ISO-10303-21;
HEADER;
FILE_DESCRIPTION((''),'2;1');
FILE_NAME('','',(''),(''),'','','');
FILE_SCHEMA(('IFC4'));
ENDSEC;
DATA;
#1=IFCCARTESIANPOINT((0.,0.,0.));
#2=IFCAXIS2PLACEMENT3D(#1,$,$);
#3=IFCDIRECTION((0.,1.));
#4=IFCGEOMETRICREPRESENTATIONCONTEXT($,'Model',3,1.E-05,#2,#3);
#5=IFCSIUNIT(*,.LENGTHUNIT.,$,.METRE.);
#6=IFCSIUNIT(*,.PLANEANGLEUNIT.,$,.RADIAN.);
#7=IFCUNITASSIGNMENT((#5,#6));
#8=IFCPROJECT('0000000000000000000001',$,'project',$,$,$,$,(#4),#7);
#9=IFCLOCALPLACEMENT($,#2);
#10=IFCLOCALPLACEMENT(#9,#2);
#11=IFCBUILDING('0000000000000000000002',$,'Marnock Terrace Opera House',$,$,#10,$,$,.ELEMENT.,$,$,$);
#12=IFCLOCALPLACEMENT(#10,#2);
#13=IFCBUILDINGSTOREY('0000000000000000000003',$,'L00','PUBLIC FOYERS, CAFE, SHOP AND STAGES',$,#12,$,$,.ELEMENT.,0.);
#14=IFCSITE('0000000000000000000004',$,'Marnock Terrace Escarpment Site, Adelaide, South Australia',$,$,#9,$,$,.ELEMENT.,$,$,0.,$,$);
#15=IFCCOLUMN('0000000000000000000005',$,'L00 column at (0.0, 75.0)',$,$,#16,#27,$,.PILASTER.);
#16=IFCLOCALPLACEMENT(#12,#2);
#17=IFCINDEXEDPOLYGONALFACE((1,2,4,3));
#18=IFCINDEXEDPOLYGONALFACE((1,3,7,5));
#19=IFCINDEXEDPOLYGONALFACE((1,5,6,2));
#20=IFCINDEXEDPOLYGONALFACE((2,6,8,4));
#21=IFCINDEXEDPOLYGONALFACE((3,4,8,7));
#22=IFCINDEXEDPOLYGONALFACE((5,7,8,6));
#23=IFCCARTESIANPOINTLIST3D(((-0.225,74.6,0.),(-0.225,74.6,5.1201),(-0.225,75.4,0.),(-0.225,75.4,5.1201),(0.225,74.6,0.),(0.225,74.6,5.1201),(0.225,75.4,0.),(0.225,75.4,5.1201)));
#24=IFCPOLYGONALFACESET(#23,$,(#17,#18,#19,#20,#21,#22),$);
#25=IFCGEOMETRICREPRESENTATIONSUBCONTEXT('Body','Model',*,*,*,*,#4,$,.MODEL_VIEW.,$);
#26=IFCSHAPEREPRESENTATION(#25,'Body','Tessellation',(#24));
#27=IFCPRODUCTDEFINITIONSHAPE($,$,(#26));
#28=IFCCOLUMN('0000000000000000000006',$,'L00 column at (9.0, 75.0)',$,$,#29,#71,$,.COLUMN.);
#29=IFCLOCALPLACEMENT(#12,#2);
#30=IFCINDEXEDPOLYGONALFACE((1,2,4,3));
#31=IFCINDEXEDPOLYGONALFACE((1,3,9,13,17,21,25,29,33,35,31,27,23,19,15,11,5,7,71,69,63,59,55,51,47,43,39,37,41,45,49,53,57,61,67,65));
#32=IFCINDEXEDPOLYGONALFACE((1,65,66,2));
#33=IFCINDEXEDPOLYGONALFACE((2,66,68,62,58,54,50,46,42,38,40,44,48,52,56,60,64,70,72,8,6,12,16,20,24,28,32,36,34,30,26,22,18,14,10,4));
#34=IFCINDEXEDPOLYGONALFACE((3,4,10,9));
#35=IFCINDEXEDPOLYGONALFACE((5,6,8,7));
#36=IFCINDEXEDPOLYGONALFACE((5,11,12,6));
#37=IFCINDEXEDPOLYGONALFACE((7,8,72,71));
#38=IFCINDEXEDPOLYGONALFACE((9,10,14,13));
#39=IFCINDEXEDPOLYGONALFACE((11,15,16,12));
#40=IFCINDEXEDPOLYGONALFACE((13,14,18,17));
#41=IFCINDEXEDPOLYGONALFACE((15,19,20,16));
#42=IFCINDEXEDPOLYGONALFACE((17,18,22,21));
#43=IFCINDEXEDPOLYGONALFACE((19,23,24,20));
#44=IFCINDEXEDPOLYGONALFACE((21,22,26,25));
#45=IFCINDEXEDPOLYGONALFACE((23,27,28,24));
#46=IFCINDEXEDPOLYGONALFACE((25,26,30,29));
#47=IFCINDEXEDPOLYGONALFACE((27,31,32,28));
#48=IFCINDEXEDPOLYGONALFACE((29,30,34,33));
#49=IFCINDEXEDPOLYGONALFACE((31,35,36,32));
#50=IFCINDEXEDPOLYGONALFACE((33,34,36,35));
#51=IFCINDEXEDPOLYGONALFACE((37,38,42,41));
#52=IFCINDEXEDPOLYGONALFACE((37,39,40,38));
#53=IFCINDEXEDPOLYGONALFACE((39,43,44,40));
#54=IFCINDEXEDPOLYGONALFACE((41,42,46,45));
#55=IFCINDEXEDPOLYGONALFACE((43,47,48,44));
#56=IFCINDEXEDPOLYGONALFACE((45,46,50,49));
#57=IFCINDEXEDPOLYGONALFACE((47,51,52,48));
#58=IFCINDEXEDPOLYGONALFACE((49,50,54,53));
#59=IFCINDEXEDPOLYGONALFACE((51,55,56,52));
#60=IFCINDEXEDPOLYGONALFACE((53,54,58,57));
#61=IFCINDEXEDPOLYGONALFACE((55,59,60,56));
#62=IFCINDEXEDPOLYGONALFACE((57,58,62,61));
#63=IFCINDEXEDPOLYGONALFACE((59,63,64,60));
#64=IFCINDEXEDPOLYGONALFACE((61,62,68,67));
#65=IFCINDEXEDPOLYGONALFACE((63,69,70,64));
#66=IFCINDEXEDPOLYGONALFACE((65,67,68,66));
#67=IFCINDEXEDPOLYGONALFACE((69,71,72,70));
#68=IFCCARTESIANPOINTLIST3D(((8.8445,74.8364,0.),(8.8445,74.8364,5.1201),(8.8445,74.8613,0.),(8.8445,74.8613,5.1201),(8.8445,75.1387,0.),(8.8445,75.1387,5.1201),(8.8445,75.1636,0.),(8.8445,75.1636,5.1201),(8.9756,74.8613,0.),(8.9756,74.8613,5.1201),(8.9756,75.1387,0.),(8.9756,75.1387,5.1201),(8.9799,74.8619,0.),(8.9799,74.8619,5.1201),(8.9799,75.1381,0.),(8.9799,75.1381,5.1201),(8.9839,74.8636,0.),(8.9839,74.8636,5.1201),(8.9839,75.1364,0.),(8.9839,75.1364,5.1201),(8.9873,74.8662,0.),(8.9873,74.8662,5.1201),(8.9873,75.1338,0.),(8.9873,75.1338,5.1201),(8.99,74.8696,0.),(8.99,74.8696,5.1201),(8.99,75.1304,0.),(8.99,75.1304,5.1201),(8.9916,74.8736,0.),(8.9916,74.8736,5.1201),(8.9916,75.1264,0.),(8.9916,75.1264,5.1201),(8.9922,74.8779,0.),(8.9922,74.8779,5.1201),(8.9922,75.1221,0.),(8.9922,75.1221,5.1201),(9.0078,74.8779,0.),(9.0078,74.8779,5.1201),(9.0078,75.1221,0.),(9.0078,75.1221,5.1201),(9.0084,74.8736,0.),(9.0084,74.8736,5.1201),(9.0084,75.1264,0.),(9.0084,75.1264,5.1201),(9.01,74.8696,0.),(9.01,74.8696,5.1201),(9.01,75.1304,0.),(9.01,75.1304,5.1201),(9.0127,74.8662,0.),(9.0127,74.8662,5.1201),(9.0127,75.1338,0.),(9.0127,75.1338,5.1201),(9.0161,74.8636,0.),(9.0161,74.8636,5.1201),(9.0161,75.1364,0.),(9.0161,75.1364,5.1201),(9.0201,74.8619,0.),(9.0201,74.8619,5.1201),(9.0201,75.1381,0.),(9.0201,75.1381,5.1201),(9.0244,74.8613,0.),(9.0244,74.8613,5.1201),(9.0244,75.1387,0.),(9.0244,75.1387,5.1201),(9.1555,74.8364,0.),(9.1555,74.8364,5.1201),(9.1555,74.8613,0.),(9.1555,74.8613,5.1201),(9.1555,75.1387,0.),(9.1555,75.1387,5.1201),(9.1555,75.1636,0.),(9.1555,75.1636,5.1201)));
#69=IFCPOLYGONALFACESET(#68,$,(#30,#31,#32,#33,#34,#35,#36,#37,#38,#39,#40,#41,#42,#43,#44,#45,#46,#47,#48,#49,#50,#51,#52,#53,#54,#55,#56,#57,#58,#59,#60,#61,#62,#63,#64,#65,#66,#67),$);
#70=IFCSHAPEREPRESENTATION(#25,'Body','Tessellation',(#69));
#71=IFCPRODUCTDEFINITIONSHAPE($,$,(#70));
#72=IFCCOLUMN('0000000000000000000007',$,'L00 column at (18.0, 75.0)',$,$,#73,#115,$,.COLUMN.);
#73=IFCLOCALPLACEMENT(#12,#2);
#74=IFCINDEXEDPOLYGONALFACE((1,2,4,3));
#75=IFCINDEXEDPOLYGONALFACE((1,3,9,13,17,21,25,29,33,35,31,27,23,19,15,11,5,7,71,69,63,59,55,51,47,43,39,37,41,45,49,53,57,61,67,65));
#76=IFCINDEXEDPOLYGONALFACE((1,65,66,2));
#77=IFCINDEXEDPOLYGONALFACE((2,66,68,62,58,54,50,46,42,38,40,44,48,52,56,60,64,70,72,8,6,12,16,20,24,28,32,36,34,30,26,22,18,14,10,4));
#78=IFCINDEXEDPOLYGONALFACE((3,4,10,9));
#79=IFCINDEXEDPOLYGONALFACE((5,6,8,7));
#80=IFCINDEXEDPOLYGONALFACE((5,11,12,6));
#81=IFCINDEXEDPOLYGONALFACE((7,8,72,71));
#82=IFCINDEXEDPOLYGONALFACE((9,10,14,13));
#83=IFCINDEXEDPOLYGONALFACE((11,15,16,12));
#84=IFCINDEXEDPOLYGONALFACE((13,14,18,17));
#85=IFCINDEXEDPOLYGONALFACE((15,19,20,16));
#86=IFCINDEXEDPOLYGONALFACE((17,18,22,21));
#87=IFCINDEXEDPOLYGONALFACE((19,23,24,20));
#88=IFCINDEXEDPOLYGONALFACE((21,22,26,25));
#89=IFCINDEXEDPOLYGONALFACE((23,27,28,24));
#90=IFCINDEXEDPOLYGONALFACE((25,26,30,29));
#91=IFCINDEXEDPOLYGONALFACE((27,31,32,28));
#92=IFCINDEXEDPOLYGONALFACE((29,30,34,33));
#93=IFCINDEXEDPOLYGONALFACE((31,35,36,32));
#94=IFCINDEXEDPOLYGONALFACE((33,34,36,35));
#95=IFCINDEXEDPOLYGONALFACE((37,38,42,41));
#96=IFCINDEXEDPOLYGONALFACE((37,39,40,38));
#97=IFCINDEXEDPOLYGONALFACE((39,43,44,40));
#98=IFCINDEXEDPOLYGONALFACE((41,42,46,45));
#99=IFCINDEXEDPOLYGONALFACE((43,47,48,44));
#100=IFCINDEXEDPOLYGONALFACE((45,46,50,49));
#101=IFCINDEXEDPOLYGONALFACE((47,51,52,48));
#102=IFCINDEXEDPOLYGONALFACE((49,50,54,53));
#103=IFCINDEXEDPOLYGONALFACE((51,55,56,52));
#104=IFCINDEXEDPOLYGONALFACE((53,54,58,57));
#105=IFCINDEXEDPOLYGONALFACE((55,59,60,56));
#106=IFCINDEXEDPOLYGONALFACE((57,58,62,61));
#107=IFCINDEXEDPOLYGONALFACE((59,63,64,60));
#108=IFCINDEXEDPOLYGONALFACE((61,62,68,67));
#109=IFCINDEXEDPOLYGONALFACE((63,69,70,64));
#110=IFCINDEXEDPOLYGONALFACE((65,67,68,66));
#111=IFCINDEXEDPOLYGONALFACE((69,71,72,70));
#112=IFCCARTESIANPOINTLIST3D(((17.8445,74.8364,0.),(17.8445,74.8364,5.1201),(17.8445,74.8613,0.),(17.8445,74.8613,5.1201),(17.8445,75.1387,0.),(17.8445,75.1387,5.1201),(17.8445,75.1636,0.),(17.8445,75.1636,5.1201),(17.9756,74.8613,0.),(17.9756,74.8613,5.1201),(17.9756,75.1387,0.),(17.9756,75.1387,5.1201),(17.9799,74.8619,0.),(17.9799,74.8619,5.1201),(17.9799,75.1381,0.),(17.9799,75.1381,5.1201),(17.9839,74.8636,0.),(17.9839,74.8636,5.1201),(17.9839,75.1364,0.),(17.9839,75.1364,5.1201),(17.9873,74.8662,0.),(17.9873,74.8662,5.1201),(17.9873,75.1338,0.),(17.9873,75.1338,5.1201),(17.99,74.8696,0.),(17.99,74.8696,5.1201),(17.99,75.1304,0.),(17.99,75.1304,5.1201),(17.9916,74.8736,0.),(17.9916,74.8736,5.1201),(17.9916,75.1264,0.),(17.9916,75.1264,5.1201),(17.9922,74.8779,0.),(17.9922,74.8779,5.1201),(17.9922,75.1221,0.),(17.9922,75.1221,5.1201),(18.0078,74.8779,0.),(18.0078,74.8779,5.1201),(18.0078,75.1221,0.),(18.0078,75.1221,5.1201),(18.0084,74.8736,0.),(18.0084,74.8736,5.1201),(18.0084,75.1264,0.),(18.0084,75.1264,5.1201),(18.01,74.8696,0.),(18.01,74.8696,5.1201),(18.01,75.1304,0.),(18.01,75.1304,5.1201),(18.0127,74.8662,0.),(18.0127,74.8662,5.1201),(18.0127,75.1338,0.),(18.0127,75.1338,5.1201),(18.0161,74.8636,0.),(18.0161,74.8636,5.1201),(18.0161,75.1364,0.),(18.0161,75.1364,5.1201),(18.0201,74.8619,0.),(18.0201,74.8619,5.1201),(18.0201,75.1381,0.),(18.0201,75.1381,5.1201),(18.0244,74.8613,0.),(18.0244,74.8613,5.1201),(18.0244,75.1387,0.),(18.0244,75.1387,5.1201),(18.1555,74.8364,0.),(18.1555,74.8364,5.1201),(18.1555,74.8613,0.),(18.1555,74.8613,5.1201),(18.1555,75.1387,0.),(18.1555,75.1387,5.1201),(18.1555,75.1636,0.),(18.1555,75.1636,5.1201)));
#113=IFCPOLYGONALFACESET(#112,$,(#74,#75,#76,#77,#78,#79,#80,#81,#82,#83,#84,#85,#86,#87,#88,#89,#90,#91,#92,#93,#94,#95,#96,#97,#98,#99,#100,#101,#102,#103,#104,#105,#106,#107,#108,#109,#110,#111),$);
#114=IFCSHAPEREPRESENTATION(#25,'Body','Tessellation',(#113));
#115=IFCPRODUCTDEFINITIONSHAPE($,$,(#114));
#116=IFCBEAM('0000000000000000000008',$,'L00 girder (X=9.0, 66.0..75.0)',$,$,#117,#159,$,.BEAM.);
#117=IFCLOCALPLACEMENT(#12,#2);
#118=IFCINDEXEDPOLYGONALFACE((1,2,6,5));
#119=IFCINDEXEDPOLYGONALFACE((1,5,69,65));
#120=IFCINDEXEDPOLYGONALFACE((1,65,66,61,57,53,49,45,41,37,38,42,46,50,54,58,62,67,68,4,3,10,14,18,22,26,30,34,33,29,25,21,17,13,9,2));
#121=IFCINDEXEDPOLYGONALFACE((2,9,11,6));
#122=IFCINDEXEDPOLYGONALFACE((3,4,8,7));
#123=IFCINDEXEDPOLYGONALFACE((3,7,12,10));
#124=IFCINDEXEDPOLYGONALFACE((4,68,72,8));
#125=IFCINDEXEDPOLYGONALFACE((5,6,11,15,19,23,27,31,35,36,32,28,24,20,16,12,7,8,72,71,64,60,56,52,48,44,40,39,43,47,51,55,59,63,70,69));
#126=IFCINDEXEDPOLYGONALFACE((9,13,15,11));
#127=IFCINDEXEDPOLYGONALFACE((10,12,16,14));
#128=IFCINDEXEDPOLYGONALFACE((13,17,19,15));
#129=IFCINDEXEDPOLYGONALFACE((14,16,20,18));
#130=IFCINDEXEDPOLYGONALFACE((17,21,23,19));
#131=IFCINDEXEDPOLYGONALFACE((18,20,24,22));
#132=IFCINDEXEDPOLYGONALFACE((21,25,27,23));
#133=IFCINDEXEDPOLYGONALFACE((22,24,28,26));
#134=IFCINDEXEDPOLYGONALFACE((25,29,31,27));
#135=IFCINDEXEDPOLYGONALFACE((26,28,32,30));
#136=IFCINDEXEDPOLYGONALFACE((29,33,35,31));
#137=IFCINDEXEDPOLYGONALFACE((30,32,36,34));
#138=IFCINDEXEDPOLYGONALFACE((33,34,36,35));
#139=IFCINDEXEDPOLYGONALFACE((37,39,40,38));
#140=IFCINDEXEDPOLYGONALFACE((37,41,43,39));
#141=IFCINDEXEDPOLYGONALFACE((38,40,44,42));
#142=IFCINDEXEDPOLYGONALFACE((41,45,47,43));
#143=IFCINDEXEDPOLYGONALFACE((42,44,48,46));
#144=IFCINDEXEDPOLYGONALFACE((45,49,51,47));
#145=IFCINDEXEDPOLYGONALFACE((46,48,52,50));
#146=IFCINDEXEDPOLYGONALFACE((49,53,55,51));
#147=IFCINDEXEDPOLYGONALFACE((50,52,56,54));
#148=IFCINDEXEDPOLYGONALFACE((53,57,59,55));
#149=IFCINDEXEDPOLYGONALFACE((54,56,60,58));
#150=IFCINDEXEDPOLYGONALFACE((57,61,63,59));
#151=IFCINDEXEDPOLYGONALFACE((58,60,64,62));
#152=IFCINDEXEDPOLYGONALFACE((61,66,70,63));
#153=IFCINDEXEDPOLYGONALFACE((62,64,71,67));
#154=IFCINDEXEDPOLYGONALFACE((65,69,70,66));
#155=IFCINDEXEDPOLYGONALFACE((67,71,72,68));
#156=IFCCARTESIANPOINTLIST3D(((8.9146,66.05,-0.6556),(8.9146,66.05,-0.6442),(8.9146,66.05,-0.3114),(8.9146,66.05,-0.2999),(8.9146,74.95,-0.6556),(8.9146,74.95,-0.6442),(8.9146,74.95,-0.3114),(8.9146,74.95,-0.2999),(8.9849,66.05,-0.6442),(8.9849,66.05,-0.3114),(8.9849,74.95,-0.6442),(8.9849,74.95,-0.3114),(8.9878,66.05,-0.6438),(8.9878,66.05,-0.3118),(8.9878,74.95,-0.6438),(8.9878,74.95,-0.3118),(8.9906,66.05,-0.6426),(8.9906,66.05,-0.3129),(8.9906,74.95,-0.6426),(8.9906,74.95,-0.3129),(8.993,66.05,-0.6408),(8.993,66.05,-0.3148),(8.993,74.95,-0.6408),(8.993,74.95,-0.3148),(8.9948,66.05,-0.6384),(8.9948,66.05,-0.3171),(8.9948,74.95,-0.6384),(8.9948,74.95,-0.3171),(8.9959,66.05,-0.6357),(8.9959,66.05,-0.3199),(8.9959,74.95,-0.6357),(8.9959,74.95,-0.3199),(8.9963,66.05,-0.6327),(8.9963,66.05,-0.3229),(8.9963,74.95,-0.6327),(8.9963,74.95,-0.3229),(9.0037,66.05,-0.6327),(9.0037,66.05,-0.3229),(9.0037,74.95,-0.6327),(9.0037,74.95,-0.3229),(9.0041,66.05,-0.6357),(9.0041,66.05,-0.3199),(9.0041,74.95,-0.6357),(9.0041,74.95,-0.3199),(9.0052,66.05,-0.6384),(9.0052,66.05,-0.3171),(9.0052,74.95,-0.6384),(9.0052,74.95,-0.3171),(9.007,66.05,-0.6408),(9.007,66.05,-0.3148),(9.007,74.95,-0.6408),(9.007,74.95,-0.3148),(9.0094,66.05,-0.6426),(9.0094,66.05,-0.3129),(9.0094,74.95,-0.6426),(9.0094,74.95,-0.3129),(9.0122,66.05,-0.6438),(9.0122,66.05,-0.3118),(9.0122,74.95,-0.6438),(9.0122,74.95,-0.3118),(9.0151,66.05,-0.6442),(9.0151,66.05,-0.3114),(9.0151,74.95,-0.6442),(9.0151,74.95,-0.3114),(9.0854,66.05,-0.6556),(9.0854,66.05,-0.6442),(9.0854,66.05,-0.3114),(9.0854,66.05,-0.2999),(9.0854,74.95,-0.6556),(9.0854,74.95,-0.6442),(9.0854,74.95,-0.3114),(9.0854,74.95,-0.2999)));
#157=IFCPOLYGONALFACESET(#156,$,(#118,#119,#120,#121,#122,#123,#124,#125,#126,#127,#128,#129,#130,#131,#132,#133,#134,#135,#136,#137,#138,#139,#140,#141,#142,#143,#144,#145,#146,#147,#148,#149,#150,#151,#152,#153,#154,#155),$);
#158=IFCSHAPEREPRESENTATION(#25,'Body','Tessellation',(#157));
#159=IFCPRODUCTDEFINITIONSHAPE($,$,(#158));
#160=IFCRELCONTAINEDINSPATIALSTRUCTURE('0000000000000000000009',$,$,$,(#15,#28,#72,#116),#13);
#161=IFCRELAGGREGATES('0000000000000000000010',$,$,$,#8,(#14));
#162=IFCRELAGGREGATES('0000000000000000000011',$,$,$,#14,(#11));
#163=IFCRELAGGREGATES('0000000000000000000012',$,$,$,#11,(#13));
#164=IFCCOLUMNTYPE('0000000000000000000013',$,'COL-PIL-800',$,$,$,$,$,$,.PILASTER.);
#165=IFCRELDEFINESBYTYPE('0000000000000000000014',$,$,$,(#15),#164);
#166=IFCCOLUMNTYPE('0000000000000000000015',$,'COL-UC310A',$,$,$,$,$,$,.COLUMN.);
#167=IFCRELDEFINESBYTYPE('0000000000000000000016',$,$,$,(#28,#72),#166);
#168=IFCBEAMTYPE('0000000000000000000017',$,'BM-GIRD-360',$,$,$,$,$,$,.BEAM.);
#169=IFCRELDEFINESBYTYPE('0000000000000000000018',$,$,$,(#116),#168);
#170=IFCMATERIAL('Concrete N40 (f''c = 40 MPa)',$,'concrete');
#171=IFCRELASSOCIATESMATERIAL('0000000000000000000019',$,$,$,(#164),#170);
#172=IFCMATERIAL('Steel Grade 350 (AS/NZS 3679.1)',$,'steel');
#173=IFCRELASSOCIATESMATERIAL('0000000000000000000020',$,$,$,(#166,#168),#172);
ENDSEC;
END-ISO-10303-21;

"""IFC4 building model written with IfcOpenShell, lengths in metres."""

from ifc_helpers import new_model, si_unit, direction, frame, origin, origin_2d, place, context, subcontext, project, spatial, rectangle, i_section, extrude, material, material_profile, profile_set, type_object, element, save


model = new_model("IFC4")

# Units and contexts
model_context = context("Model", 3, precision=1e-05, world=origin(), true_north=direction((0.0, 1.0)))
body_context = subcontext(model_context, "Body", "Model", "MODEL_VIEW")
ifc_project = project(units=[si_unit("LENGTHUNIT", "METRE"), si_unit("PLANEANGLEUNIT", "RADIAN")], contexts=[model_context])

# Site, building, storey
site_placement = place(None, origin())
site = spatial("IfcSite", under=ifc_project, at=site_placement, Name="Marnock Terrace Escarpment Site, Adelaide, South Australia", CompositionType="ELEMENT", RefElevation=0.0)
building_placement = place(site_placement, origin())
building = spatial("IfcBuilding", under=site, at=building_placement, Name="Marnock Terrace Opera House", CompositionType="ELEMENT")
storey_placement = place(building_placement, origin())
storey = spatial("IfcBuildingStorey", under=building, at=storey_placement, Name="L00", Description="PUBLIC FOYERS, CAFE, SHOP AND STAGES", CompositionType="ELEMENT", Elevation=0.0)

# Columns
ifc_material_1 = material(Name="Concrete N40 (f'c = 40 MPa)", Category="concrete")
ifc_material_profile_1 = material_profile(ifc_material_1, rectangle(XDim=0.45, YDim=0.8, at=origin_2d()))
ifc_profile_set_1 = profile_set([ifc_material_profile_1], Name="Concrete N40 (f'c = 40 MPa)")
column_type_1 = type_object("IfcColumnType", Name="COL-PIL-800", PredefinedType="PILASTER", material=ifc_profile_set_1)
column_placement = place(storey_placement, frame((0.0, 75.0, 0.0), z_axis=(0.0, 0.0, 1.0), x_axis=(1.0, 0.0, 0.0)))
element("IfcColumn", 1, at=column_placement, inside=storey, type_object=column_type_1, Name="L00 column at (0.0, 75.0)", PredefinedType="PILASTER", context=body_context, shape_type="SweptSolid", body=[
    extrude(rectangle(XDim=0.45, YDim=0.8, at=origin_2d()), origin(), (0.0, 0.0, 1.0), 5.1201),
])
ifc_material_2 = material(Name="Steel Grade 350 (AS/NZS 3679.1)", Category="steel")
ifc_material_profile_2 = material_profile(ifc_material_2, i_section(OverallWidth=0.311, OverallDepth=0.3271, WebThickness=0.0156, FlangeThickness=0.0249, FilletRadius=0.0166, at=origin_2d()))
ifc_profile_set_2 = profile_set([ifc_material_profile_2], Name="Steel Grade 350 (AS/NZS 3679.1)")
column_type_2 = type_object("IfcColumnType", Name="COL-UC310A", PredefinedType="COLUMN", material=ifc_profile_set_2)
for number, where, z_axis, x_axis, name in (
    (2, (9.0, 75.0, 0.0), (0.0, 0.0, 1.0), (1.0, 0.0, 0.0), "L00 column at (9.0, 75.0)"),
    (3, (18.0, 75.0, 0.0), (0.0, 0.0, 1.0), (1.0, 0.0, 0.0), "L00 column at (18.0, 75.0)"),
):
    element("IfcColumn", number, at=place(storey_placement, frame(where, z_axis=z_axis, x_axis=x_axis)), inside=storey, type_object=column_type_2, Name=name, PredefinedType="COLUMN", context=body_context, shape_type="SweptSolid", body=[
        extrude(i_section(OverallWidth=0.311, OverallDepth=0.3271, WebThickness=0.0156, FlangeThickness=0.0249, FilletRadius=0.0166, at=origin_2d()), origin(), (0.0, 0.0, 1.0), 5.1201),
    ])

# Beam
ifc_material_profile_3 = material_profile(ifc_material_2, i_section(OverallWidth=0.1709, OverallDepth=0.3557, WebThickness=0.0073, FlangeThickness=0.0115, FilletRadius=0.0115, at=origin_2d()))
ifc_profile_set_3 = profile_set([ifc_material_profile_3], Name="Steel Grade 350 (AS/NZS 3679.1)")
beam_type_1 = type_object("IfcBeamType", Name="BM-GIRD-360", PredefinedType="BEAM", material=ifc_profile_set_3)
beam_1_placement = place(storey_placement, frame((9.0, 66.05, -0.4778), z_axis=(0.0, 1.0, 0.0), x_axis=(-1.0, 0.0, 0.0)))
element("IfcBeam", 4, at=beam_1_placement, inside=storey, type_object=beam_type_1, Name="L00 girder (X=9.0, 66.0..75.0)", PredefinedType="BEAM", context=body_context, shape_type="SweptSolid", body=[
    extrude(i_section(OverallWidth=0.1709, OverallDepth=0.3557, WebThickness=0.0073, FlangeThickness=0.0115, FilletRadius=0.0115, at=origin_2d()), origin(), (0.0, 0.0, 1.0), 8.8999),
])

save(model, "model.ifc")
